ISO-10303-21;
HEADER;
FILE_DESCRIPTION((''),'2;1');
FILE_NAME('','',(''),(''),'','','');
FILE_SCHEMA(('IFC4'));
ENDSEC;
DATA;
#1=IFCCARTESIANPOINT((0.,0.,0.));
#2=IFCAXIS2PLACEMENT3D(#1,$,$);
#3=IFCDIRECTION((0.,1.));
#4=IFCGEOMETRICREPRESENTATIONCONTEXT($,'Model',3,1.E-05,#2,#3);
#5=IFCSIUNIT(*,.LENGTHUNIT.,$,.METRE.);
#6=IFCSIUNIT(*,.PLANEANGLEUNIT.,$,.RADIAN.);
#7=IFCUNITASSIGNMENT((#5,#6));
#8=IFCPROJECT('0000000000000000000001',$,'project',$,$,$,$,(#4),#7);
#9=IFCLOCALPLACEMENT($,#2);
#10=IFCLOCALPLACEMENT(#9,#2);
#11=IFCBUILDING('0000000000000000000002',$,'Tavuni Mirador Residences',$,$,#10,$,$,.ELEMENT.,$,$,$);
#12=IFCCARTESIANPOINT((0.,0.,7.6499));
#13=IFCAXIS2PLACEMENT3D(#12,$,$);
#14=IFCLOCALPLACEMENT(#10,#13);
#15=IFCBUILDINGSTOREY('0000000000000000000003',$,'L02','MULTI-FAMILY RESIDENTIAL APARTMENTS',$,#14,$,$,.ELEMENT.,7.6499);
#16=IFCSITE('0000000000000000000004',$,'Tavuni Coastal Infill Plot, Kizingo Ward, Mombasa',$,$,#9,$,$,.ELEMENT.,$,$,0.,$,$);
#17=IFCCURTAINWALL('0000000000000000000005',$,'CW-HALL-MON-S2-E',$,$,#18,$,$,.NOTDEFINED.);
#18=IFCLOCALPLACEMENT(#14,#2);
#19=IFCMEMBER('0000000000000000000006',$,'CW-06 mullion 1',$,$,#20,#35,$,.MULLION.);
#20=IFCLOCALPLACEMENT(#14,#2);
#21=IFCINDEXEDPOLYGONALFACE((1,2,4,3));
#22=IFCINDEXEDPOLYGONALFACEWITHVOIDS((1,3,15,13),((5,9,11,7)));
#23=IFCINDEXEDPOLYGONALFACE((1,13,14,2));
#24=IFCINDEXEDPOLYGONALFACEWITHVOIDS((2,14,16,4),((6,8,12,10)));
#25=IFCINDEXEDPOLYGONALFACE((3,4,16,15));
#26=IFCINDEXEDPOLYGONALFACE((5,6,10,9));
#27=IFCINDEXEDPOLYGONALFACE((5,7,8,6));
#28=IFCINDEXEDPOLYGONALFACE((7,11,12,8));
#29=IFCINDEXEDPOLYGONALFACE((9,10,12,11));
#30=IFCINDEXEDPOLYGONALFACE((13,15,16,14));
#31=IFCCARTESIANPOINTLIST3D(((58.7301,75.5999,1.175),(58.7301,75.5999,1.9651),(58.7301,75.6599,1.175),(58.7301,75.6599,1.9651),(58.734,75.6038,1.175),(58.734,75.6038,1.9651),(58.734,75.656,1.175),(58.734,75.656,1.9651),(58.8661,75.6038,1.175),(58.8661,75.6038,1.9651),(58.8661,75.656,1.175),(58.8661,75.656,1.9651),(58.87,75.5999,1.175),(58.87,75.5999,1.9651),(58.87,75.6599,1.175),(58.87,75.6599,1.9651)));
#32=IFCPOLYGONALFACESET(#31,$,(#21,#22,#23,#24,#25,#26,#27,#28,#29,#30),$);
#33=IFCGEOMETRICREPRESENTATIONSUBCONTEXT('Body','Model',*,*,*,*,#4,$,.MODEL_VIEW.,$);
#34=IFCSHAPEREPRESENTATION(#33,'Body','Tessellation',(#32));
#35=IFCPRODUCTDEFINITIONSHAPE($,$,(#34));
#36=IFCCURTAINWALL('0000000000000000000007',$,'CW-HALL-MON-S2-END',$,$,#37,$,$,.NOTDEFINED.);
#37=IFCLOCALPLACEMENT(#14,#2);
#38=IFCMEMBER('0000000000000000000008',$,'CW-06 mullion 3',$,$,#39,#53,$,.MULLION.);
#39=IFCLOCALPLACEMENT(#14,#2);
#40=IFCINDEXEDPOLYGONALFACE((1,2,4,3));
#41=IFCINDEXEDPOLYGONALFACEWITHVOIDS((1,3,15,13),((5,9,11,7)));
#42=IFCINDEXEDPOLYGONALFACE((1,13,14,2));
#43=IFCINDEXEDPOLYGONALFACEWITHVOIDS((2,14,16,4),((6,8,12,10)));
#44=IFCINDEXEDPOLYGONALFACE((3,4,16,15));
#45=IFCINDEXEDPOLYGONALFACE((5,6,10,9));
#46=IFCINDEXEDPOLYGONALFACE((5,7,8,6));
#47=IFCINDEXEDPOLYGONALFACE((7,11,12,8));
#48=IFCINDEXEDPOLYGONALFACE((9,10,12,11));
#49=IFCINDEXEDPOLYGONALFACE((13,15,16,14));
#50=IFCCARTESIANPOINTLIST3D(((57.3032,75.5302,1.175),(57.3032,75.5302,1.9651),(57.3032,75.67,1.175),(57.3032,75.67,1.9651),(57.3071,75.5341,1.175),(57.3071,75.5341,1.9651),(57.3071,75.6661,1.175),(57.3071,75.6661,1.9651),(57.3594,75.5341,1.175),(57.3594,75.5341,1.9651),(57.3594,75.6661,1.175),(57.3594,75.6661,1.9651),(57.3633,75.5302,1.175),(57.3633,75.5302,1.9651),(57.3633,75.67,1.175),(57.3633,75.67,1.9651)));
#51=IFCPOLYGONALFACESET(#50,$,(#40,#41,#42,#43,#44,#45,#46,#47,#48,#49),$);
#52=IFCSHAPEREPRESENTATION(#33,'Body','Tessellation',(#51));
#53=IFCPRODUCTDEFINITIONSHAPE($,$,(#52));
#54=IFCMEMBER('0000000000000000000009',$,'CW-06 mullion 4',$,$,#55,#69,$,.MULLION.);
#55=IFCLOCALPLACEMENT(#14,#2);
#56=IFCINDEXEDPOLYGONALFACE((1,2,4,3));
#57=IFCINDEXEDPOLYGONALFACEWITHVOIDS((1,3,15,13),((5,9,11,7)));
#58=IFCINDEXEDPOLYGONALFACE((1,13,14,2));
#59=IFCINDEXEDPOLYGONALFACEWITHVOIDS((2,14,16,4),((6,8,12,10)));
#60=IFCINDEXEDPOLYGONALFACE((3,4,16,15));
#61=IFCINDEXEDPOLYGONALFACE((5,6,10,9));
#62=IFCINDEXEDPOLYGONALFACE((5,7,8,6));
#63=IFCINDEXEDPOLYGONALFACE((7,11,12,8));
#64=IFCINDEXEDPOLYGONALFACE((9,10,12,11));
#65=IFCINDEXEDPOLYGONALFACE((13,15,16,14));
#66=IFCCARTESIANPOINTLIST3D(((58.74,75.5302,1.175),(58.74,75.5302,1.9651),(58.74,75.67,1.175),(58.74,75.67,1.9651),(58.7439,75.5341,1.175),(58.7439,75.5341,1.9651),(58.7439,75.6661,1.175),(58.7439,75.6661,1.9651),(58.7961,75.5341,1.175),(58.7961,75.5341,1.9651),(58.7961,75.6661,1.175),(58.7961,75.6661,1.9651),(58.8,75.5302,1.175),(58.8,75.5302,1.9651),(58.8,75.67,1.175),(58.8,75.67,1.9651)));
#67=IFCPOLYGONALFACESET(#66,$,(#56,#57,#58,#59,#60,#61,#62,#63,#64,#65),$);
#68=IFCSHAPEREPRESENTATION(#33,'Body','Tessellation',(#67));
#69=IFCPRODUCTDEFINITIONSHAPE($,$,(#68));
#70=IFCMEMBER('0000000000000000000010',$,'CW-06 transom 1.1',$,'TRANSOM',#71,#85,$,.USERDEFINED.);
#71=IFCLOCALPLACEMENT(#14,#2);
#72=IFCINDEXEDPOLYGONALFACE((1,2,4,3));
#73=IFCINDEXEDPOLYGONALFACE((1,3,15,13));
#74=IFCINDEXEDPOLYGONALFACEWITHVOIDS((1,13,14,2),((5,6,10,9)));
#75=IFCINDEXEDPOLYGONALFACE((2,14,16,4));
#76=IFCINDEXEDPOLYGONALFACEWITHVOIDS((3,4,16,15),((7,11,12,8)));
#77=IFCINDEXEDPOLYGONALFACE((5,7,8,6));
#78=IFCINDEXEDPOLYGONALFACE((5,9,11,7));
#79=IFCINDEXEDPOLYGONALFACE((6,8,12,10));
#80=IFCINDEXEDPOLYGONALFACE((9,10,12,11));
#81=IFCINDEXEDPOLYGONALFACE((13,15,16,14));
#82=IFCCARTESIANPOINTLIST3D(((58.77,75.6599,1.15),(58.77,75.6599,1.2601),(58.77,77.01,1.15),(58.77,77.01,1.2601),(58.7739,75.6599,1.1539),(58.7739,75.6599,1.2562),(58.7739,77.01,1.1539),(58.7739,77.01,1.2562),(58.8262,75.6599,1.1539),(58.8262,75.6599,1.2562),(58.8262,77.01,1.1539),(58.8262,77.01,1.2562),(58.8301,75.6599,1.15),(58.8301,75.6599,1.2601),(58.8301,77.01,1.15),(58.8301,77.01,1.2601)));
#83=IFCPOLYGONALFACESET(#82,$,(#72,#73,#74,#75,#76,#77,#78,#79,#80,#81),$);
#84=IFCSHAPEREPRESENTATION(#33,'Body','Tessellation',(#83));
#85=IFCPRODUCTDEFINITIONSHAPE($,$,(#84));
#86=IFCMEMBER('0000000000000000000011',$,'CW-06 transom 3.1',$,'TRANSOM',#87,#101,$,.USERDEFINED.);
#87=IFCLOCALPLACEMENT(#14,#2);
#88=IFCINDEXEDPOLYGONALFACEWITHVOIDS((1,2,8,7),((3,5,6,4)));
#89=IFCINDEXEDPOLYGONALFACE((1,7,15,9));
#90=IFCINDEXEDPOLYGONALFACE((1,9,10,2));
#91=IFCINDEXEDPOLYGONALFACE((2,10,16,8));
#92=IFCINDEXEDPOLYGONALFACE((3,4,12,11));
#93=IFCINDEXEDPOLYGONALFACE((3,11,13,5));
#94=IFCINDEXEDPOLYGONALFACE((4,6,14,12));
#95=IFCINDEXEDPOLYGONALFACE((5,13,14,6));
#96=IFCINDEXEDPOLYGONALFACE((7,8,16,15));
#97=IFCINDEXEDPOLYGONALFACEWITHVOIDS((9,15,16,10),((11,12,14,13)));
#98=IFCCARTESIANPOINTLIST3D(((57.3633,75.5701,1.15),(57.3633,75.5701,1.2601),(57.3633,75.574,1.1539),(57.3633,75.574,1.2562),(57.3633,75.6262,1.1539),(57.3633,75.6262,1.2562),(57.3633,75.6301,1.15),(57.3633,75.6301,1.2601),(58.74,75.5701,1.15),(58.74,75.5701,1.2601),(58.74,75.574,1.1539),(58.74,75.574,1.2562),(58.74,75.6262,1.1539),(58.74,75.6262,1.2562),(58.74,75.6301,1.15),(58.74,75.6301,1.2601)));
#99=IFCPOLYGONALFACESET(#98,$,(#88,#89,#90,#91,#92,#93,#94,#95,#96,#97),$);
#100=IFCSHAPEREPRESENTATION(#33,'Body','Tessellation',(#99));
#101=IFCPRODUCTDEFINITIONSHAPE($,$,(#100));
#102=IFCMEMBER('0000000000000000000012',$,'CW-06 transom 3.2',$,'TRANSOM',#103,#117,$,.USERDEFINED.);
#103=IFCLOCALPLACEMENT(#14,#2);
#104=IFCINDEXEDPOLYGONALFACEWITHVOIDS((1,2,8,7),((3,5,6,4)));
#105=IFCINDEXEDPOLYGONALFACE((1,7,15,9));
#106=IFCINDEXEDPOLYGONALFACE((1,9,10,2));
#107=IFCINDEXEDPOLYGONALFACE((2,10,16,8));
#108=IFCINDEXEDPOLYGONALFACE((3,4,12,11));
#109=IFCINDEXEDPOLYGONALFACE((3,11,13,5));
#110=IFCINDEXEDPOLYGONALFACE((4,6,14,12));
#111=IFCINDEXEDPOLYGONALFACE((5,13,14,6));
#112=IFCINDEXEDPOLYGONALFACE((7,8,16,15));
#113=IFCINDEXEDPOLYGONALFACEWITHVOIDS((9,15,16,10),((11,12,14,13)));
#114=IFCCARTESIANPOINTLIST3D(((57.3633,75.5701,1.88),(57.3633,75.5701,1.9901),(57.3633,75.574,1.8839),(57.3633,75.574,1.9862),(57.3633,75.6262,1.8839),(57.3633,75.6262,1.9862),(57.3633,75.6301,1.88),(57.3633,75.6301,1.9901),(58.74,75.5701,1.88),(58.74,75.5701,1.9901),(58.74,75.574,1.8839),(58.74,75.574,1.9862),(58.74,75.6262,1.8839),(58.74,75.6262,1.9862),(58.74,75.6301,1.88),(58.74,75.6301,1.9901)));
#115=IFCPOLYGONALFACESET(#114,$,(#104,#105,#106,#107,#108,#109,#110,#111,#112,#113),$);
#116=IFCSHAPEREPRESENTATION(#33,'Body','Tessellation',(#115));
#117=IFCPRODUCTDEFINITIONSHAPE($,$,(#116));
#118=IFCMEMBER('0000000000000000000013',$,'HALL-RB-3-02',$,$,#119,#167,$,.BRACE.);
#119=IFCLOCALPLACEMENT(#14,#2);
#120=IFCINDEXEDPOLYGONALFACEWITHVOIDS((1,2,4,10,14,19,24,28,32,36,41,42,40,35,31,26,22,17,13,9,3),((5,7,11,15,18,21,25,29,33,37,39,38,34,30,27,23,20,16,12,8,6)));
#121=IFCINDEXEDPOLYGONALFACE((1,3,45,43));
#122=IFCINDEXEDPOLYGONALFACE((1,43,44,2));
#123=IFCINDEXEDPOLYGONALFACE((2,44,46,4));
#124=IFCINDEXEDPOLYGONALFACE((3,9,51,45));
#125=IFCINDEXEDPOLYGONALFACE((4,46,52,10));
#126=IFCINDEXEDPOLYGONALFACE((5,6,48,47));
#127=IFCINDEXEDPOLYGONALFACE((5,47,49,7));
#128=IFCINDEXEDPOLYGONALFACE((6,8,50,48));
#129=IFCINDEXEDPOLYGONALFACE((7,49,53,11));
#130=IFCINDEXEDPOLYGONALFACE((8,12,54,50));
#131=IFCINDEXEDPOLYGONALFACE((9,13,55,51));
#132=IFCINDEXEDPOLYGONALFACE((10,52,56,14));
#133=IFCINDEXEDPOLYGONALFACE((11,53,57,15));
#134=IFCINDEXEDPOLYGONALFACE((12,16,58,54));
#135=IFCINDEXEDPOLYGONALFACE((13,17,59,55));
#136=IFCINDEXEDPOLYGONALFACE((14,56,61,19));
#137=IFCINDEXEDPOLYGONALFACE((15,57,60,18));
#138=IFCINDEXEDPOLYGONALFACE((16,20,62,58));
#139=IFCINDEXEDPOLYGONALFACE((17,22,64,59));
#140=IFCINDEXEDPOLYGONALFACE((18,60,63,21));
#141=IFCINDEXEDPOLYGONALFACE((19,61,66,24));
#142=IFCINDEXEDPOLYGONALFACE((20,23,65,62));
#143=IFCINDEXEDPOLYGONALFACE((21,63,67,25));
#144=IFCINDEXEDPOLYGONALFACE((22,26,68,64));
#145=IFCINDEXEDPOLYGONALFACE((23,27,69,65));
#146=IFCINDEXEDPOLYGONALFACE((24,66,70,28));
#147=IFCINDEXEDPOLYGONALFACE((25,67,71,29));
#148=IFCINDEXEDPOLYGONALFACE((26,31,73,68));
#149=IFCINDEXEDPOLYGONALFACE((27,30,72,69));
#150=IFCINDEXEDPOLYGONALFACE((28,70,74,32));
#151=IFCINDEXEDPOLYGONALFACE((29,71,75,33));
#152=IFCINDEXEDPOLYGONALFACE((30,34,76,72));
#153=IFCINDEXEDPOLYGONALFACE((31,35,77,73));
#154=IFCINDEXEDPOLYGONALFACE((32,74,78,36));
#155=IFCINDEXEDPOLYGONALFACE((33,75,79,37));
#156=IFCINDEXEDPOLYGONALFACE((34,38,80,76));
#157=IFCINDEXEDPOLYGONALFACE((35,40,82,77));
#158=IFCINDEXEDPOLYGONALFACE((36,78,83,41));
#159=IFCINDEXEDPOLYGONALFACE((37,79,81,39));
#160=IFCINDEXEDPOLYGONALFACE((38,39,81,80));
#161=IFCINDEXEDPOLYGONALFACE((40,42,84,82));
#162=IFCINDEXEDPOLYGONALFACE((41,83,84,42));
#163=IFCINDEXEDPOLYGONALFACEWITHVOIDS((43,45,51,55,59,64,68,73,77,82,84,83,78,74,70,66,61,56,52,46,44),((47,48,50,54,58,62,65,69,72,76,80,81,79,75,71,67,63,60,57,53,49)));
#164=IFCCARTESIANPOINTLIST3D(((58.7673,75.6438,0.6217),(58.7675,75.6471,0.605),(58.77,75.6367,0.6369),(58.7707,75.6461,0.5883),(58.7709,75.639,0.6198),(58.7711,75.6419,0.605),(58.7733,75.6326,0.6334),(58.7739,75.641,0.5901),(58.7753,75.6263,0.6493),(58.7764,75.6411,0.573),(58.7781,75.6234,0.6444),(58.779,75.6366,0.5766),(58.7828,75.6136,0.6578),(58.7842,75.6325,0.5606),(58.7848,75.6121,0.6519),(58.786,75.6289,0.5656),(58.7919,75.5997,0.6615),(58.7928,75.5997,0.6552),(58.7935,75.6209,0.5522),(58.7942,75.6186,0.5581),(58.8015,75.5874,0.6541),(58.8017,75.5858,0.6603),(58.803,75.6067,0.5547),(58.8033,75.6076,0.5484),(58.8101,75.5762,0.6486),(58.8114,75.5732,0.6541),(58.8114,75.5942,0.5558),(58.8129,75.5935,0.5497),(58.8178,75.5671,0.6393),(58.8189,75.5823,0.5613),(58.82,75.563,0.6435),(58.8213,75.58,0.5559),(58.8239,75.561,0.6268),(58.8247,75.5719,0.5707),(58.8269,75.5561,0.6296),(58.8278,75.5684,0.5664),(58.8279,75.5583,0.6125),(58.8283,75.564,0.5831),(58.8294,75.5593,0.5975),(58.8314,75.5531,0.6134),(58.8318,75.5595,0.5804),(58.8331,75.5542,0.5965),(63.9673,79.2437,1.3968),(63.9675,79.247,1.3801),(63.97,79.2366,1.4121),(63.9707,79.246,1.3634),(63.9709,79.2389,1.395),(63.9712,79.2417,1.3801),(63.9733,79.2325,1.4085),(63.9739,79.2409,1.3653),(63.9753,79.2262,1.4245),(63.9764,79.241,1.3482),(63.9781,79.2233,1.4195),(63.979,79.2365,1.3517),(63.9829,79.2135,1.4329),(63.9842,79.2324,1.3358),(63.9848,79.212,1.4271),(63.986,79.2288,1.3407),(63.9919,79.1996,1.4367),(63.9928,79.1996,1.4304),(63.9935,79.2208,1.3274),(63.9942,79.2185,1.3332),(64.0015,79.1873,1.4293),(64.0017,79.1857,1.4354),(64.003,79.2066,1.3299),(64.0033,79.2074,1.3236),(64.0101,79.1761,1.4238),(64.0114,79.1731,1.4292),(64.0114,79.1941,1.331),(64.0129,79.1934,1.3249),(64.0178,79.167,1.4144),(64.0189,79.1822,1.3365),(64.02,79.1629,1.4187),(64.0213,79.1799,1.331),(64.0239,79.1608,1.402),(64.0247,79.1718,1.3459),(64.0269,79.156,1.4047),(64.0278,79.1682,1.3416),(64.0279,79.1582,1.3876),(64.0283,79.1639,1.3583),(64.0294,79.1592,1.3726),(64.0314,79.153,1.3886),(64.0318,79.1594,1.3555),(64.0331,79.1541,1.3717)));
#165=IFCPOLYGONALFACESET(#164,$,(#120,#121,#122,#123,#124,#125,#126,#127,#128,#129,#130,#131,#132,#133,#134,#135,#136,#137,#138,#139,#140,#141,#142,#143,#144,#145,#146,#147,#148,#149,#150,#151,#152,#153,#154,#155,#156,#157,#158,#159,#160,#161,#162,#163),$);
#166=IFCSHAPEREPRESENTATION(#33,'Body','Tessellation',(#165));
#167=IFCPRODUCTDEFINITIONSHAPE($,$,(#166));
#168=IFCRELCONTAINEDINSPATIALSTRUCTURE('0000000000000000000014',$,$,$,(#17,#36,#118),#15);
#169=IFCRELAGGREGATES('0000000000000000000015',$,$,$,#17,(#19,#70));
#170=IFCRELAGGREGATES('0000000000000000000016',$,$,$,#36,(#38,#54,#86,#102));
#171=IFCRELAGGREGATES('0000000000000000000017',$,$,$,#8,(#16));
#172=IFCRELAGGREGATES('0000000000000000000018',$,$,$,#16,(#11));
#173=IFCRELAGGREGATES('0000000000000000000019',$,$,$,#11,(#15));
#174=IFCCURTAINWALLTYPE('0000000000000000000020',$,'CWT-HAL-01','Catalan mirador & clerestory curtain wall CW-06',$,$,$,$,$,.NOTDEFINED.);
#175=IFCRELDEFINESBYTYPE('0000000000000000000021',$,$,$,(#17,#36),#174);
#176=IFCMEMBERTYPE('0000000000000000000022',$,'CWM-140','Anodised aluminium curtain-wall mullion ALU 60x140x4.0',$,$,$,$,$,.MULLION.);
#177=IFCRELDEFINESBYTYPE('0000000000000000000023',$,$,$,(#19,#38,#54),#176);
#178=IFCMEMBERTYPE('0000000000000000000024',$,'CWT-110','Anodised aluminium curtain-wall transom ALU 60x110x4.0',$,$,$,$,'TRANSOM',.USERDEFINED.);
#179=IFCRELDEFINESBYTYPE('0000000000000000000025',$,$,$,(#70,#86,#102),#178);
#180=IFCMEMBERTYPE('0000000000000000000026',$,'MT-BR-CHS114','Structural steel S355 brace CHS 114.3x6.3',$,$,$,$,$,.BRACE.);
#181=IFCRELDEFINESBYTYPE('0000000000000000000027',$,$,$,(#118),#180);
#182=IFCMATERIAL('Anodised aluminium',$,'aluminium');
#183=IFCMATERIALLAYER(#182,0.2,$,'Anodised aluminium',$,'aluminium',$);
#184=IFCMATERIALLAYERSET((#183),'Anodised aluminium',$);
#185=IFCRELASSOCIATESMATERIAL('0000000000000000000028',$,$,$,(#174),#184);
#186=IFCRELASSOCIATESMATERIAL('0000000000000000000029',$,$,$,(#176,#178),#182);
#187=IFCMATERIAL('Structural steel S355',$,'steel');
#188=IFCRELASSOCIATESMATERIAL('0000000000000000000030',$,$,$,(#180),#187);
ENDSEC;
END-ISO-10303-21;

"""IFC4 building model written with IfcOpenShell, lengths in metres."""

from ifc_helpers import new_model, si_unit, direction, frame, origin, origin_2d, place, context, subcontext, project, spatial, hollow_rectangle, hollow_circle, extrude, material, layer, layer_set, material_profile, profile_set, type_object, element, aggregate, save


model = new_model("IFC4")

# Units and contexts
model_context = context("Model", 3, precision=1e-05, world=origin(), true_north=direction((0.0, 1.0)))
body_context = subcontext(model_context, "Body", "Model", "MODEL_VIEW")
ifc_project = project(units=[si_unit("LENGTHUNIT", "METRE"), si_unit("PLANEANGLEUNIT", "RADIAN")], contexts=[model_context])

# Site, building, storey
site_placement = place(None, origin())
site = spatial("IfcSite", under=ifc_project, at=site_placement, Name="Tavuni Coastal Infill Plot, Kizingo Ward, Mombasa", CompositionType="ELEMENT", RefElevation=0.0)
building_placement = place(site_placement, origin())
building = spatial("IfcBuilding", under=site, at=building_placement, Name="Tavuni Mirador Residences", CompositionType="ELEMENT")
storey_placement = place(building_placement, frame((0.0, 0.0, 7.6499)))
storey = spatial("IfcBuildingStorey", under=building, at=storey_placement, Name="L02", Description="MULTI-FAMILY RESIDENTIAL APARTMENTS", CompositionType="ELEMENT", Elevation=7.6499)

# Curtain wall, member
ifc_material_1 = material(Name="Anodised aluminium", Category="aluminium")
ifc_layer_1 = layer(ifc_material_1, 0.2, Name="Anodised aluminium", Category="aluminium")
ifc_layer_set_1 = layer_set([ifc_layer_1], Name="Anodised aluminium")
curtain_wall_type = type_object("IfcCurtainWallType", Name="CWT-HAL-01", Description="Catalan mirador & clerestory curtain wall CW-06", PredefinedType="NOTDEFINED", material=ifc_layer_set_1)
curtain_wall_1_placement = place(storey_placement, origin())
curtain_wall_1 = element("IfcCurtainWall", 1, at=curtain_wall_1_placement, inside=storey, type_object=curtain_wall_type, Name="CW-HALL-MON-S2-E", PredefinedType="NOTDEFINED")
ifc_material_profile_1 = material_profile(ifc_material_1, hollow_rectangle(XDim=0.0601, YDim=0.1399, WallThickness=0.0039, at=origin_2d()), Name="ALU 60x140x4.0", Category="aluminium")
ifc_profile_set_1 = profile_set([ifc_material_profile_1], Name="Anodised aluminium")
member_type_1 = type_object("IfcMemberType", Name="CWM-140", Description="Anodised aluminium curtain-wall mullion ALU 60x140x4.0", PredefinedType="MULLION", material=ifc_profile_set_1)
member_1_placement = place(storey_placement, frame((58.8, 75.6299, 1.175), z_axis=(0.0, 0.0, 1.0), x_axis=(0.0, 1.0, 0.0)))
member_1 = element("IfcMember", 2, at=member_1_placement, type_object=member_type_1, Name="CW-06 mullion 1", PredefinedType="MULLION", context=body_context, shape_type="SweptSolid", body=[
    extrude(hollow_rectangle(XDim=0.0601, YDim=0.1399, WallThickness=0.0039, at=origin_2d()), origin(), (0.0, 0.0, 1.0), 0.79),
])

# Curtain wall, members
curtain_wall_2_placement = place(storey_placement, origin())
curtain_wall_2 = element("IfcCurtainWall", 3, at=curtain_wall_2_placement, inside=storey, type_object=curtain_wall_type, Name="CW-HALL-MON-S2-END", PredefinedType="NOTDEFINED")
member_2_placement = place(storey_placement, frame((57.3333, 75.6001, 1.175), z_axis=(0.0, 0.0, 1.0), x_axis=(1.0, 0.0, 0.0)))
member_2 = element("IfcMember", 4, at=member_2_placement, type_object=member_type_1, Name="CW-06 mullion 3", PredefinedType="MULLION", context=body_context, shape_type="SweptSolid", body=[
    extrude(hollow_rectangle(XDim=0.0601, YDim=0.1399, WallThickness=0.0039, at=origin_2d()), origin(), (0.0, 0.0, 1.0), 0.79),
])
member_3_placement = place(storey_placement, frame((58.77, 75.6001, 1.175), z_axis=(0.0, 0.0, 1.0), x_axis=(1.0, 0.0, 0.0)))
member_3 = element("IfcMember", 5, at=member_3_placement, type_object=member_type_1, Name="CW-06 mullion 4", PredefinedType="MULLION", context=body_context, shape_type="SweptSolid", body=[
    extrude(hollow_rectangle(XDim=0.0601, YDim=0.1399, WallThickness=0.0039, at=origin_2d()), origin(), (0.0, 0.0, 1.0), 0.79),
])

# Members
ifc_material_profile_2 = material_profile(ifc_material_1, hollow_rectangle(XDim=0.0601, YDim=0.1101, WallThickness=0.0039, at=origin_2d()), Name="ALU 60x110x4.0", Category="aluminium")
ifc_profile_set_2 = profile_set([ifc_material_profile_2], Name="Anodised aluminium")
member_type_2 = type_object("IfcMemberType", Name="CWT-110", Description="Anodised aluminium curtain-wall transom ALU 60x110x4.0", ElementType="TRANSOM", PredefinedType="USERDEFINED", material=ifc_profile_set_2)
member_4_placement = place(storey_placement, frame((58.8, 75.6599, 1.2051), z_axis=(0.0, 1.0, 0.0), x_axis=(-1.0, 0.0, 0.0)))
member_4 = element("IfcMember", 6, at=member_4_placement, type_object=member_type_2, Name="CW-06 transom 1.1", ObjectType="TRANSOM", PredefinedType="USERDEFINED", context=body_context, shape_type="SweptSolid", body=[
    extrude(hollow_rectangle(XDim=0.0601, YDim=0.1101, WallThickness=0.0039, at=origin_2d()), origin(), (0.0, 0.0, 1.0), 1.3501),
])
aggregate(curtain_wall_1, [member_1, member_4])
member_5_placement = place(storey_placement, frame((57.3633, 75.6001, 1.2051), z_axis=(1.0, 0.0, 0.0), x_axis=(0.0, 1.0, 0.0)))
member_5 = element("IfcMember", 7, at=member_5_placement, type_object=member_type_2, Name="CW-06 transom 3.1", ObjectType="TRANSOM", PredefinedType="USERDEFINED", context=body_context, shape_type="SweptSolid", body=[
    extrude(hollow_rectangle(XDim=0.0601, YDim=0.1101, WallThickness=0.0039, at=origin_2d()), origin(), (0.0, 0.0, 1.0), 1.3767),
])
member_6_placement = place(storey_placement, frame((57.3633, 75.6001, 1.9351), z_axis=(1.0, 0.0, 0.0), x_axis=(0.0, 1.0, 0.0)))
member_6 = element("IfcMember", 8, at=member_6_placement, type_object=member_type_2, Name="CW-06 transom 3.2", ObjectType="TRANSOM", PredefinedType="USERDEFINED", context=body_context, shape_type="SweptSolid", body=[
    extrude(hollow_rectangle(XDim=0.0601, YDim=0.1101, WallThickness=0.0039, at=origin_2d()), origin(), (0.0, 0.0, 1.0), 1.3767),
])

# Member
ifc_material_2 = material(Name="Structural steel S355", Category="steel")
ifc_material_profile_3 = material_profile(ifc_material_2, hollow_circle(Radius=0.0571, WallThickness=0.0063, at=origin_2d()), Name="CHS 114.3x6.3", Category="steel")
ifc_profile_set_3 = profile_set([ifc_material_profile_3], Name="Structural steel S355")
member_type_3 = type_object("IfcMemberType", Name="MT-BR-CHS114", Description="Structural steel S355 brace CHS 114.3x6.3", PredefinedType="BRACE", material=ifc_profile_set_3)
member_7_placement = place(storey_placement, frame((58.8, 75.6001, 0.605), z_axis=(0.816094, 0.56497, 0.121653), x_axis=(-0.569198, 0.822201, 0.0)))
element("IfcMember", 9, at=member_7_placement, inside=storey, type_object=member_type_3, Name="HALL-RB-3-02", PredefinedType="BRACE", context=body_context, shape_type="SweptSolid", body=[
    extrude(hollow_circle(Radius=0.0571, WallThickness=0.0063, at=origin_2d()), origin(), (0.0, 0.0, 1.0), 6.3718),
])

aggregate(curtain_wall_2, [member_2, member_3, member_5, member_6])

save(model, "model.ifc")
